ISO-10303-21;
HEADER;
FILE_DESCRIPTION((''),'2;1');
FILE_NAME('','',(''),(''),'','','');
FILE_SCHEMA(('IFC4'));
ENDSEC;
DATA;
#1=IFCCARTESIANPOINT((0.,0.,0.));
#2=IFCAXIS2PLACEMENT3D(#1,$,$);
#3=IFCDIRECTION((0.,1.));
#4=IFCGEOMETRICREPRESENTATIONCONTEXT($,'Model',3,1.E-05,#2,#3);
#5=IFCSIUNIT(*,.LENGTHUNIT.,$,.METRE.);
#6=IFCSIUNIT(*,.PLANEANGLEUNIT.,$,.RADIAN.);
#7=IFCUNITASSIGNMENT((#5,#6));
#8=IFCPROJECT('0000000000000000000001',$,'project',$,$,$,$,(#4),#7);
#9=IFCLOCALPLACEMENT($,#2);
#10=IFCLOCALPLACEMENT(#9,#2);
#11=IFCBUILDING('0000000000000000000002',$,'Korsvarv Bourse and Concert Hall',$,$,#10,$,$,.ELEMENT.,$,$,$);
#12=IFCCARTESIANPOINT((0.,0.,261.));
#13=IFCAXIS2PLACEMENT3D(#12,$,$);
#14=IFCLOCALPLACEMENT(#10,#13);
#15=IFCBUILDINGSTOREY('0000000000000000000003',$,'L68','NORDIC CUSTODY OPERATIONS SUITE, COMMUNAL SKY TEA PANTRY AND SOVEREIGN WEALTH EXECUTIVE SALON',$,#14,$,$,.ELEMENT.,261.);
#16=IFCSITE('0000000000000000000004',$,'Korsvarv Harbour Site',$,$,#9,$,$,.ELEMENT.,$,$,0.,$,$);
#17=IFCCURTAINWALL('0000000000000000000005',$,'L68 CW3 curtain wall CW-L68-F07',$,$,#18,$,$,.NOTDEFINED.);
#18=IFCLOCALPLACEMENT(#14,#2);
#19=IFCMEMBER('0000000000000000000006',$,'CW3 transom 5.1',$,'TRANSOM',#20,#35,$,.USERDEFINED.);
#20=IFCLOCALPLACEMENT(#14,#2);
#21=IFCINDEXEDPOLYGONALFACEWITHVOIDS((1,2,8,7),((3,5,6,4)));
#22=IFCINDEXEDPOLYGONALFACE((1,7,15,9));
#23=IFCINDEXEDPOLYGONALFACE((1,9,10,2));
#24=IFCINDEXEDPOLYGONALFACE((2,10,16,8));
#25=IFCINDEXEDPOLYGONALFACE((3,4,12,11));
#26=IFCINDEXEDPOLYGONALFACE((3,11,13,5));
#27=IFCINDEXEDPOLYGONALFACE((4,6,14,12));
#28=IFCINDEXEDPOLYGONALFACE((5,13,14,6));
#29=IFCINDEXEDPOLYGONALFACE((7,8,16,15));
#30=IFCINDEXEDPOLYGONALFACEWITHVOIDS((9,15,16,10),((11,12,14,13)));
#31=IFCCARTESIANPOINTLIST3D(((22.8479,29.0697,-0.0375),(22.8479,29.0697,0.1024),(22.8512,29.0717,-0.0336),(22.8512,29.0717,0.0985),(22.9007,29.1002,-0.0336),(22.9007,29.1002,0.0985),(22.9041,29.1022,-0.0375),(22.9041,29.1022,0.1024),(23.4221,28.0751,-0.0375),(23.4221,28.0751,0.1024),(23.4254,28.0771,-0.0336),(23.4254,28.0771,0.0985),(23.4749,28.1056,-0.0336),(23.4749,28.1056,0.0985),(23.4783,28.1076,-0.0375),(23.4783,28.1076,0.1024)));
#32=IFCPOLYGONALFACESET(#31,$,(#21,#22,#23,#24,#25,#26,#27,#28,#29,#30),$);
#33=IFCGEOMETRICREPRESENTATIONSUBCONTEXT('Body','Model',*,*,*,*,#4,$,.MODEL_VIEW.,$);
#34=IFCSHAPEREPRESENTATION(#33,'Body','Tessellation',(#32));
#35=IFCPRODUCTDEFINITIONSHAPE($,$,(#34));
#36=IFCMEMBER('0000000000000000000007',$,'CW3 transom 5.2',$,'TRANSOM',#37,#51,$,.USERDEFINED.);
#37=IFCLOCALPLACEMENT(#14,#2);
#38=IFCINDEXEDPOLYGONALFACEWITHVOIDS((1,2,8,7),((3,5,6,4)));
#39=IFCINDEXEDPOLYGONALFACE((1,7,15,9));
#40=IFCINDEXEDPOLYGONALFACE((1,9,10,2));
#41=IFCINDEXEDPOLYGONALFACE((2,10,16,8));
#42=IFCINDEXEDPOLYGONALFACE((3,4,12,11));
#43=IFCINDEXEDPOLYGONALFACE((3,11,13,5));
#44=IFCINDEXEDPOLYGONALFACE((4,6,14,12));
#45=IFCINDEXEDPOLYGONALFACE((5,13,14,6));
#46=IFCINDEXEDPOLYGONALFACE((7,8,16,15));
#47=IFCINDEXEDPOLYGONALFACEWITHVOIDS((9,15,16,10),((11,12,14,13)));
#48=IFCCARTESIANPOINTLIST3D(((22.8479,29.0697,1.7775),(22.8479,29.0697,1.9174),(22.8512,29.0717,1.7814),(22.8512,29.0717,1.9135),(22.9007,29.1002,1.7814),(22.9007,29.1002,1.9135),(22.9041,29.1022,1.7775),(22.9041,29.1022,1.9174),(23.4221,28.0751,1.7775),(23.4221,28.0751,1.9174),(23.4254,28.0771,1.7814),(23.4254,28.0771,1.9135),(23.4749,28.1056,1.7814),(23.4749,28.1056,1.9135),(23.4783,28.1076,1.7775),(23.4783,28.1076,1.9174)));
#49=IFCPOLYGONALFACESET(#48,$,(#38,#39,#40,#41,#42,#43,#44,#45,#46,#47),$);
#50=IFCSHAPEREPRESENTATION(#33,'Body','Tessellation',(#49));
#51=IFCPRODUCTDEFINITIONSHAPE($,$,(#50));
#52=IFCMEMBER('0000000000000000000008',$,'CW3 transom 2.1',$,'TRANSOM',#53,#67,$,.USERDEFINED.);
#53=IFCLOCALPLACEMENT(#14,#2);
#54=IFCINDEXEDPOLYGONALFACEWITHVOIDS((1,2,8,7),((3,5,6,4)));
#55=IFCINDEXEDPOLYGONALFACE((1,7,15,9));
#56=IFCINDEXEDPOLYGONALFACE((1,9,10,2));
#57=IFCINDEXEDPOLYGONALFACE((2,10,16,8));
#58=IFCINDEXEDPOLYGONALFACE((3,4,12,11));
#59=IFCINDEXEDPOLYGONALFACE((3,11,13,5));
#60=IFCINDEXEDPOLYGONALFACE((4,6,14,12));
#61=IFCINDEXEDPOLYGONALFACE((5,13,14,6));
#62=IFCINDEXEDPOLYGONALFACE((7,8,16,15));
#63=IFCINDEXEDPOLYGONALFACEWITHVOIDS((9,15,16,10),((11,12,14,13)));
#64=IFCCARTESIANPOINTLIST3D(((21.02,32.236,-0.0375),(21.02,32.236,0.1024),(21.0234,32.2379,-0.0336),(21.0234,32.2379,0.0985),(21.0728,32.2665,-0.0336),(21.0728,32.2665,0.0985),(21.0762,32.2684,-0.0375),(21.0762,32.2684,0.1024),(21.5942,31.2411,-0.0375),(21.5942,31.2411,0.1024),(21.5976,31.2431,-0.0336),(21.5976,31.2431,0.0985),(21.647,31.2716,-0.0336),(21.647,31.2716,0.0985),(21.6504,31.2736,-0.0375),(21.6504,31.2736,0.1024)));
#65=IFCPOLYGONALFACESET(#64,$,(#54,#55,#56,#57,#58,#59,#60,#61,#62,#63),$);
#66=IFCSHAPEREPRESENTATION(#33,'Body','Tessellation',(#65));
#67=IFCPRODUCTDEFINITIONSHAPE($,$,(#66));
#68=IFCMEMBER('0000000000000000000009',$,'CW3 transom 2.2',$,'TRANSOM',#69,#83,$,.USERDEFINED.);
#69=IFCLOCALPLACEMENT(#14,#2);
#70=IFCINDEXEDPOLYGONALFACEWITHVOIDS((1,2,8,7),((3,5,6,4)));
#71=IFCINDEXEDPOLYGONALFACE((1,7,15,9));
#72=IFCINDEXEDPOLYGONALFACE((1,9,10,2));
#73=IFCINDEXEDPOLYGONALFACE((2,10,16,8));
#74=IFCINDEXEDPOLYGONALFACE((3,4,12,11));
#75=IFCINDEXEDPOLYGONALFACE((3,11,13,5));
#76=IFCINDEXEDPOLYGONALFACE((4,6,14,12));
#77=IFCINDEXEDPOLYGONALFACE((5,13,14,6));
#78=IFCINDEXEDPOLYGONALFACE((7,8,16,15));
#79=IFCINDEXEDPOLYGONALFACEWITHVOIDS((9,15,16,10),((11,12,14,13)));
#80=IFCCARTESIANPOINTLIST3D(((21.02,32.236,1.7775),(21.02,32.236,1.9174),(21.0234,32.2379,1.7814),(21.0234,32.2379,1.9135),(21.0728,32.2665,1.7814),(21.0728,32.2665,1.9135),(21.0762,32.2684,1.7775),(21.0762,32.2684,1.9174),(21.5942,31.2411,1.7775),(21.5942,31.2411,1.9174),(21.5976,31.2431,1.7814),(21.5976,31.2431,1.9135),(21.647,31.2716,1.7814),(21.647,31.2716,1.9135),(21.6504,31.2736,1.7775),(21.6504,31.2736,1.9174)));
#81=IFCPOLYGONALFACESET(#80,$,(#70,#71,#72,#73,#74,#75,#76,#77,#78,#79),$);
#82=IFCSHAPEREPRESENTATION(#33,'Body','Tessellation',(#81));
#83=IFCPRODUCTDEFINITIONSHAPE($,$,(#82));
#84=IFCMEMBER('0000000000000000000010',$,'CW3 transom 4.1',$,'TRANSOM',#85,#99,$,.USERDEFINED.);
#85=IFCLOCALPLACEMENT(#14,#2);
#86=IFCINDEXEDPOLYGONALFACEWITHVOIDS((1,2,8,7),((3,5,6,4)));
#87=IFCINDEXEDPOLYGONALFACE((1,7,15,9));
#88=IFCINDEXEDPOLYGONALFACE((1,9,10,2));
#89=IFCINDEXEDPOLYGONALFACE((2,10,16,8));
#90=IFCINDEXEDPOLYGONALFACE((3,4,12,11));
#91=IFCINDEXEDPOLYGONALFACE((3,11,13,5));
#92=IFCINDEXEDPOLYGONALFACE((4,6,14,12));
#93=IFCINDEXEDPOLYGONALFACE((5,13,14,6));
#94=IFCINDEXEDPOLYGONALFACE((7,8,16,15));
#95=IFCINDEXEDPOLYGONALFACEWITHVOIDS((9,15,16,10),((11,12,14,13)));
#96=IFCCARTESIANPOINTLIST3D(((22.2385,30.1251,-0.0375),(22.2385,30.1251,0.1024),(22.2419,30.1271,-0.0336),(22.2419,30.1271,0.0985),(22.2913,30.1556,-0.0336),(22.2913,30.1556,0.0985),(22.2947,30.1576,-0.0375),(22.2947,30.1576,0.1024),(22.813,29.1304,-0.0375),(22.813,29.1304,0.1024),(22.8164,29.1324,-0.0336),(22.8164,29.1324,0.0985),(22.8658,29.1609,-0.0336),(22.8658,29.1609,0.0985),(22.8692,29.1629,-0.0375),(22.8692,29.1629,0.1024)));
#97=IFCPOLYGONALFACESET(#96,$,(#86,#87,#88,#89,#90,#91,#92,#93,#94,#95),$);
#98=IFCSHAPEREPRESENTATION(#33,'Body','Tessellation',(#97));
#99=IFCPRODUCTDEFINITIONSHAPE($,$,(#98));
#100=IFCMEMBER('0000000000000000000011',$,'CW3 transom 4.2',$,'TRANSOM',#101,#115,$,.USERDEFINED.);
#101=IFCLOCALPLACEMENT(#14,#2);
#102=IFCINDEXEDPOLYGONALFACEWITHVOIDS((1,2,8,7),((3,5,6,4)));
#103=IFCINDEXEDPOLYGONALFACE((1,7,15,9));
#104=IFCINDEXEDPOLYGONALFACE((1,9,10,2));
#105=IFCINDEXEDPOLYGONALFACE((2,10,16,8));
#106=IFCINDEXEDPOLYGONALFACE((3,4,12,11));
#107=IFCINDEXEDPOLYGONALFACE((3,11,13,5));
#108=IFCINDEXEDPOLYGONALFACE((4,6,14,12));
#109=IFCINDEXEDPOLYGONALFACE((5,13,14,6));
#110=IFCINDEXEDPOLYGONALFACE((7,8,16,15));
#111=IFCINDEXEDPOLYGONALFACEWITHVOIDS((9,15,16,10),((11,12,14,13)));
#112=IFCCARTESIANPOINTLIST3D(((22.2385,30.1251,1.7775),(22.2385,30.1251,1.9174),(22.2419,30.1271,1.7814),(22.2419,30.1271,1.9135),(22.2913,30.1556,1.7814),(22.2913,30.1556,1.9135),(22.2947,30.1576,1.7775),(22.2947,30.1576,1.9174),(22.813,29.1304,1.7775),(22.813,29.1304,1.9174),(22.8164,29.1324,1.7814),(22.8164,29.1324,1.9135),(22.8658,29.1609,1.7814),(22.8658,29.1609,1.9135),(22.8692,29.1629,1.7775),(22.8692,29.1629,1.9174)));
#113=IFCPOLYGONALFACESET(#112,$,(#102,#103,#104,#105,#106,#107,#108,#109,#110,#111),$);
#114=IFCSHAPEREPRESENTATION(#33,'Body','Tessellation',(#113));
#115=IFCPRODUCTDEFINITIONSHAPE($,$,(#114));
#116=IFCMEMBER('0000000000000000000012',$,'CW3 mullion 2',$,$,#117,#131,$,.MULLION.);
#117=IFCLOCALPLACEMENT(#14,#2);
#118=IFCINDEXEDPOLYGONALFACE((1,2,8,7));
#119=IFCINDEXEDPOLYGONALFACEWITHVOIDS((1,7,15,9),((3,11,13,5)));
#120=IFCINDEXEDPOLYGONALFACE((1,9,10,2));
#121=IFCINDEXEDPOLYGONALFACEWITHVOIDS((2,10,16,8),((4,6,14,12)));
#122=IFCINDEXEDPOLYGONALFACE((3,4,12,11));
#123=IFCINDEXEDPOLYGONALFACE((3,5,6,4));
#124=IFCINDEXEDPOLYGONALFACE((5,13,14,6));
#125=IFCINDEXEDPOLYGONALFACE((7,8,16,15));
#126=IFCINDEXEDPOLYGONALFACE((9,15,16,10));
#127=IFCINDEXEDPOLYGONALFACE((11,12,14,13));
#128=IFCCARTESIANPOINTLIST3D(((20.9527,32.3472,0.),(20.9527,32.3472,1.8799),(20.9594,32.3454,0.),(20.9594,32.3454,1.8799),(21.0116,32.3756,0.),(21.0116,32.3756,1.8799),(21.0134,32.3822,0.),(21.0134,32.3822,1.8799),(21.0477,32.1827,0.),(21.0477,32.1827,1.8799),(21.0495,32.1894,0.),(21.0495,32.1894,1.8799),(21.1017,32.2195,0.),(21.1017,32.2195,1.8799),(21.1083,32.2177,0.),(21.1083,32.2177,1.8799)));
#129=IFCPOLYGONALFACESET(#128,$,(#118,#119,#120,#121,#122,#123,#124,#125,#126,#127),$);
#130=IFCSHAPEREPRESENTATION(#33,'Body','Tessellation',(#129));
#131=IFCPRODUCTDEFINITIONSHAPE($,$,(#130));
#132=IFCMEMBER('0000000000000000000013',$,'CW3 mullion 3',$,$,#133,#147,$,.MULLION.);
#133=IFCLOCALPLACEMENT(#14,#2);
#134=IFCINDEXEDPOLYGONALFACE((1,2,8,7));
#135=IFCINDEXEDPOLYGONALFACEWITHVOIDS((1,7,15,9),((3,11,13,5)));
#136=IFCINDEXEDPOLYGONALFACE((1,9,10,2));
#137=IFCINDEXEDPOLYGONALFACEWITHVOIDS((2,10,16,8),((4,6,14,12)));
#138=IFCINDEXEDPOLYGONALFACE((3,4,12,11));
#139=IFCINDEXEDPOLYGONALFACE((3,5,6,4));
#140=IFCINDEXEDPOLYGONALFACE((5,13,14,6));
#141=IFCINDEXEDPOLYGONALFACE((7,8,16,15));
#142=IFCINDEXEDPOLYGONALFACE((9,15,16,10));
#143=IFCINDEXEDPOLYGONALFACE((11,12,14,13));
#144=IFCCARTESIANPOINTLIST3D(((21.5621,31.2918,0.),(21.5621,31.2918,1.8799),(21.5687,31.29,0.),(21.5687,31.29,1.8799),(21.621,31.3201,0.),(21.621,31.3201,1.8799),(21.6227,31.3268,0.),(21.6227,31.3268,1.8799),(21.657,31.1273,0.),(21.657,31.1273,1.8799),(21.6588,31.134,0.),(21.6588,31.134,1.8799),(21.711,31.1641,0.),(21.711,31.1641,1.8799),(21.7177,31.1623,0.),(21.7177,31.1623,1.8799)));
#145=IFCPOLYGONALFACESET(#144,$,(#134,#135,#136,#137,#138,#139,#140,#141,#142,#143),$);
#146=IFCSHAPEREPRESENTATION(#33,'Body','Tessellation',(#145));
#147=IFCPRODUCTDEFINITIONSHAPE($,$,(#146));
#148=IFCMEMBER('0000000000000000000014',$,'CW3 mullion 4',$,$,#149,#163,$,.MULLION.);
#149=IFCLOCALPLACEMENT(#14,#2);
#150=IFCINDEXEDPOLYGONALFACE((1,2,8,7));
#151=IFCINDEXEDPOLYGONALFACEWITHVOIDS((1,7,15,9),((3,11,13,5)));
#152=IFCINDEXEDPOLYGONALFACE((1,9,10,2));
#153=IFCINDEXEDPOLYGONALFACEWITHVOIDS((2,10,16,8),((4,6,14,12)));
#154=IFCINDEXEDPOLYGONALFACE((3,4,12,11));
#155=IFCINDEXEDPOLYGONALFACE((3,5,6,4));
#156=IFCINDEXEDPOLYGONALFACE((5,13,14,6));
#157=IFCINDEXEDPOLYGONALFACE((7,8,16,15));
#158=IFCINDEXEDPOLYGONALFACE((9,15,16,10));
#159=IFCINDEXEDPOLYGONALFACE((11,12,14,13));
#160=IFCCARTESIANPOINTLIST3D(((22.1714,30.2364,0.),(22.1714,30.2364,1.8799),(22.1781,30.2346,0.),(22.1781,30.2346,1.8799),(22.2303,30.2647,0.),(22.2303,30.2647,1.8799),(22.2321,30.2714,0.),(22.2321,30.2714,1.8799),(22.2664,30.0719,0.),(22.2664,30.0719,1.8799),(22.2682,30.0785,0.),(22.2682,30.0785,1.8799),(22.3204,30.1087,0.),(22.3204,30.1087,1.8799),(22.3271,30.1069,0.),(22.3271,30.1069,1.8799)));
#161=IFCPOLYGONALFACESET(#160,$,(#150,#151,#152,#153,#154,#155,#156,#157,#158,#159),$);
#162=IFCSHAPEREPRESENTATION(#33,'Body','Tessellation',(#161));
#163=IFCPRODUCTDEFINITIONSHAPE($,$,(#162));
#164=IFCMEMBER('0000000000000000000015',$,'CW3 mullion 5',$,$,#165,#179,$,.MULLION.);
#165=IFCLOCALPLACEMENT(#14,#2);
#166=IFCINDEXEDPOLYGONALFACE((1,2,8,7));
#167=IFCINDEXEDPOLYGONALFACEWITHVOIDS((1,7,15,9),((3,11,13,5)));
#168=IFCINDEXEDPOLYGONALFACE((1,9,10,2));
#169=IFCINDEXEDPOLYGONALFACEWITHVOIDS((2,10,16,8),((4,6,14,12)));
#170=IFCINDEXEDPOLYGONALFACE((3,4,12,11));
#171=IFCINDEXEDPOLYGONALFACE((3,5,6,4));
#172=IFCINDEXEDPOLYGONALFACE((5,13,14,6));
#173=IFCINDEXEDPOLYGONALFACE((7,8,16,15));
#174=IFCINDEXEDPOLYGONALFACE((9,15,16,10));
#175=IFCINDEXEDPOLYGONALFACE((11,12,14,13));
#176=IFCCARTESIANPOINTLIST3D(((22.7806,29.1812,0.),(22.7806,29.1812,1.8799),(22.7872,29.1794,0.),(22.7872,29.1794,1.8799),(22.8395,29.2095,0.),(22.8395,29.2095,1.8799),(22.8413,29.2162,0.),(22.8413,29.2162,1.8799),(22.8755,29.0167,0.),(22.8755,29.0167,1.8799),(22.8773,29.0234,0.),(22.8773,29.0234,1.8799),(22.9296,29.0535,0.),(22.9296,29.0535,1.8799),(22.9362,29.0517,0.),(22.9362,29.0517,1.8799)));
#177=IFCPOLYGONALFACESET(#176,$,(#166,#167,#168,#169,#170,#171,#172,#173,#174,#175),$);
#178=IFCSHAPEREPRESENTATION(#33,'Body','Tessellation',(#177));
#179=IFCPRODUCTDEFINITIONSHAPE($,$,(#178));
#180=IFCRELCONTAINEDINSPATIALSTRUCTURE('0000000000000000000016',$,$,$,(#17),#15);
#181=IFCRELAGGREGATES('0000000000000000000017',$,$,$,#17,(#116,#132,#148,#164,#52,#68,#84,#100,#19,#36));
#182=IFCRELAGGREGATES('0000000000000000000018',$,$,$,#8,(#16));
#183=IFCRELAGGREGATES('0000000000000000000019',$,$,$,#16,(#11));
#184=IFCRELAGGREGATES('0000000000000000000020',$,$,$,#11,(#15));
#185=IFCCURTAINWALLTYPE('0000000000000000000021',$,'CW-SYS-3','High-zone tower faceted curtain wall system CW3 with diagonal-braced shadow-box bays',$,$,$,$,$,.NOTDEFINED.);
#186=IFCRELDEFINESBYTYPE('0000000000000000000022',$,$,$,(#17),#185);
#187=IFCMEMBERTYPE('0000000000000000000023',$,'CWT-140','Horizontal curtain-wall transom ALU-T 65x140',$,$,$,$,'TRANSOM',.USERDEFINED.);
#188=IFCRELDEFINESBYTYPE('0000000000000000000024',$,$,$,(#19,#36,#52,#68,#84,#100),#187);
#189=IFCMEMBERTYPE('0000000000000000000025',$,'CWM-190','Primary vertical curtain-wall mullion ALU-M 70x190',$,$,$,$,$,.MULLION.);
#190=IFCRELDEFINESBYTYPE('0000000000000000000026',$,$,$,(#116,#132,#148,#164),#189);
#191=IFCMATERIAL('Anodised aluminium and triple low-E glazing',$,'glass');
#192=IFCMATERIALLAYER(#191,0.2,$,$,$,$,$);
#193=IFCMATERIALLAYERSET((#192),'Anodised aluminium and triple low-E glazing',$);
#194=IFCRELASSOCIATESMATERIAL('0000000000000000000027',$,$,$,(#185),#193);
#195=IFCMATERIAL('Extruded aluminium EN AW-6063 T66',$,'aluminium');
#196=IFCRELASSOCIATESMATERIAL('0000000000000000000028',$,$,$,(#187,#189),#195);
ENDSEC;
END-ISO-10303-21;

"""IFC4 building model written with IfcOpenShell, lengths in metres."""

from ifc_helpers import new_model, si_unit, direction, frame, origin, origin_2d, place, context, subcontext, project, spatial, hollow_rectangle, extrude, source, transform, mapped, material, layer, layer_set, material_profile, profile_set, type_object, element, aggregate, save


model = new_model("IFC4")

# Units and contexts
model_context = context("Model", 3, precision=1e-05, world=origin(), true_north=direction((0.0, 1.0)))
body_context = subcontext(model_context, "Body", "Model", "MODEL_VIEW")
ifc_project = project(units=[si_unit("LENGTHUNIT", "METRE"), si_unit("PLANEANGLEUNIT", "RADIAN")], contexts=[model_context])

# Site, building, storey
site_placement = place(None, origin())
site = spatial("IfcSite", under=ifc_project, at=site_placement, Name="Korsvarv Harbour Site", CompositionType="ELEMENT", RefElevation=0.0)
building_placement = place(site_placement, origin())
building = spatial("IfcBuilding", under=site, at=building_placement, Name="Korsvarv Bourse and Concert Hall", CompositionType="ELEMENT")
storey_placement = place(building_placement, frame((0.0, 0.0, 261.0)))
storey = spatial("IfcBuildingStorey", under=building, at=storey_placement, Name="L68", Description="NORDIC CUSTODY OPERATIONS SUITE, COMMUNAL SKY TEA PANTRY AND SOVEREIGN WEALTH EXECUTIVE SALON", CompositionType="ELEMENT", Elevation=261.0)

# Curtain wall, members
ifc_material_1 = material(Name="Anodised aluminium and triple low-E glazing", Category="glass")
ifc_layer_1 = layer(ifc_material_1, 0.2)
ifc_layer_set_1 = layer_set([ifc_layer_1], Name="Anodised aluminium and triple low-E glazing")
curtain_wall_type = type_object("IfcCurtainWallType", Name="CW-SYS-3", Description="High-zone tower faceted curtain wall system CW3 with diagonal-braced shadow-box bays", PredefinedType="NOTDEFINED", material=ifc_layer_set_1)
curtain_wall_placement = place(storey_placement, origin())
curtain_wall = element("IfcCurtainWall", 1, at=curtain_wall_placement, inside=storey, type_object=curtain_wall_type, Name="L68 CW3 curtain wall CW-L68-F07", PredefinedType="NOTDEFINED")
ifc_material_2 = material(Name="Extruded aluminium EN AW-6063 T66", Category="aluminium")
ifc_material_profile_1 = material_profile(ifc_material_2, hollow_rectangle(XDim=0.0649, YDim=0.1399, WallThickness=0.0039, at=origin_2d()), Name="ALU-T 65x140")
ifc_profile_set_1 = profile_set([ifc_material_profile_1], Name="Extruded aluminium EN AW-6063 T66")
member_type_1 = type_object("IfcMemberType", Name="CWT-140", Description="Horizontal curtain-wall transom ALU-T 65x140", ElementType="TRANSOM", PredefinedType="USERDEFINED", material=ifc_profile_set_1)
shared_shape_1 = source(origin(), body_context, "Body", "SweptSolid", [
    extrude(hollow_rectangle(XDim=0.0649, YDim=0.1399, WallThickness=0.0039, at=origin_2d()), origin(), (0.0, 0.0, 1.0), 1.1484),
])
member_1_placement = place(storey_placement, frame((22.876, 29.0859, 0.0325), z_axis=(0.49998, -0.866037, 0.0), x_axis=(0.866037, 0.49998, 0.0)))
member_1 = element("IfcMember", 2, at=member_1_placement, type_object=member_type_1, Name="CW3 transom 5.1", ObjectType="TRANSOM", PredefinedType="USERDEFINED", context=body_context, shape_type="MappedRepresentation", body=[
    mapped(shared_shape_1, transform((0.0, 0.0, 0.0), scale=1.0)),
])
member_2_placement = place(storey_placement, frame((22.876, 29.0859, 1.8474), z_axis=(0.49998, -0.866037, 0.0), x_axis=(0.866037, 0.49998, 0.0)))
member_2 = element("IfcMember", 3, at=member_2_placement, type_object=member_type_1, Name="CW3 transom 5.2", ObjectType="TRANSOM", PredefinedType="USERDEFINED", context=body_context, shape_type="MappedRepresentation", body=[
    mapped(shared_shape_1, transform((0.0, 0.0, 0.0), scale=1.0)),
])
shared_shape_2 = source(origin(), body_context, "Body", "SweptSolid", [
    extrude(hollow_rectangle(XDim=0.0649, YDim=0.1399, WallThickness=0.0039, at=origin_2d()), origin(), (0.0, 0.0, 1.0), 1.1487),
])
member_3_placement = place(storey_placement, frame((21.0481, 32.2522, 0.0325), z_axis=(0.499888, -0.86609, 0.0), x_axis=(0.86609, 0.499888, 0.0)))
member_3 = element("IfcMember", 4, at=member_3_placement, type_object=member_type_1, Name="CW3 transom 2.1", ObjectType="TRANSOM", PredefinedType="USERDEFINED", context=body_context, shape_type="MappedRepresentation", body=[
    mapped(shared_shape_2, transform((0.0, 0.0, 0.0), scale=1.0)),
])
member_4_placement = place(storey_placement, frame((21.0481, 32.2522, 1.8474), z_axis=(0.499888, -0.86609, 0.0), x_axis=(0.86609, 0.499888, 0.0)))
member_4 = element("IfcMember", 5, at=member_4_placement, type_object=member_type_1, Name="CW3 transom 2.2", ObjectType="TRANSOM", PredefinedType="USERDEFINED", context=body_context, shape_type="MappedRepresentation", body=[
    mapped(shared_shape_2, transform((0.0, 0.0, 0.0), scale=1.0)),
])
member_5_placement = place(storey_placement, frame((22.2666, 30.1414, 0.0325), z_axis=(0.500139, -0.865945, 0.0), x_axis=(0.865945, 0.500139, 0.0)))
member_5 = element("IfcMember", 6, at=member_5_placement, type_object=member_type_1, Name="CW3 transom 4.1", ObjectType="TRANSOM", PredefinedType="USERDEFINED", context=body_context, shape_type="MappedRepresentation", body=[
    mapped(shared_shape_2, transform((0.0, 0.0, 0.0), scale=1.0)),
])
member_6_placement = place(storey_placement, frame((22.2666, 30.1414, 1.8474), z_axis=(0.500139, -0.865945, 0.0), x_axis=(0.865945, 0.500139, 0.0)))
member_6 = element("IfcMember", 7, at=member_6_placement, type_object=member_type_1, Name="CW3 transom 4.2", ObjectType="TRANSOM", PredefinedType="USERDEFINED", context=body_context, shape_type="MappedRepresentation", body=[
    mapped(shared_shape_2, transform((0.0, 0.0, 0.0), scale=1.0)),
])
ifc_material_profile_2 = material_profile(ifc_material_2, hollow_rectangle(XDim=0.0701, YDim=0.1899, WallThickness=0.0049, at=origin_2d()), Name="ALU-M 70x190")
ifc_profile_set_2 = profile_set([ifc_material_profile_2], Name="Extruded aluminium EN AW-6063 T66")
member_type_2 = type_object("IfcMemberType", Name="CWM-190", Description="Primary vertical curtain-wall mullion ALU-M 70x190", PredefinedType="MULLION", material=ifc_profile_set_2)
shared_shape_3 = source(origin(), body_context, "Body", "SweptSolid", [
    extrude(hollow_rectangle(XDim=0.0701, YDim=0.1899, WallThickness=0.0049, at=origin_2d()), origin(), (0.0, 0.0, 1.0), 1.8799),
])
member_7_placement = place(storey_placement, frame((21.0305, 32.2825, 0.0), z_axis=(0.0, 0.0, 1.0), x_axis=(0.866023, 0.500004, 0.0)))
member_7 = element("IfcMember", 8, at=member_7_placement, type_object=member_type_2, Name="CW3 mullion 2", PredefinedType="MULLION", context=body_context, shape_type="MappedRepresentation", body=[
    mapped(shared_shape_3, transform((0.0, 0.0, 0.0), scale=1.0)),
])
member_8_placement = place(storey_placement, frame((21.6399, 31.2271, 0.0), z_axis=(0.0, 0.0, 1.0), x_axis=(0.866023, 0.500004, 0.0)))
member_8 = element("IfcMember", 9, at=member_8_placement, type_object=member_type_2, Name="CW3 mullion 3", PredefinedType="MULLION", context=body_context, shape_type="MappedRepresentation", body=[
    mapped(shared_shape_3, transform((0.0, 0.0, 0.0), scale=1.0)),
])
member_9_placement = place(storey_placement, frame((22.2493, 30.1716, 0.0), z_axis=(0.0, 0.0, 1.0), x_axis=(0.866023, 0.500004, 0.0)))
member_9 = element("IfcMember", 10, at=member_9_placement, type_object=member_type_2, Name="CW3 mullion 4", PredefinedType="MULLION", context=body_context, shape_type="MappedRepresentation", body=[
    mapped(shared_shape_3, transform((0.0, 0.0, 0.0), scale=1.0)),
])
member_10_placement = place(storey_placement, frame((22.8584, 29.1165, 0.0), z_axis=(0.0, 0.0, 1.0), x_axis=(0.866023, 0.500004, 0.0)))
member_10 = element("IfcMember", 11, at=member_10_placement, type_object=member_type_2, Name="CW3 mullion 5", PredefinedType="MULLION", context=body_context, shape_type="MappedRepresentation", body=[
    mapped(shared_shape_3, transform((0.0, 0.0, 0.0), scale=1.0)),
])

aggregate(curtain_wall, [member_7, member_8, member_9, member_10, member_3, member_4, member_5, member_6, member_1, member_2])

save(model, "model.ifc")
